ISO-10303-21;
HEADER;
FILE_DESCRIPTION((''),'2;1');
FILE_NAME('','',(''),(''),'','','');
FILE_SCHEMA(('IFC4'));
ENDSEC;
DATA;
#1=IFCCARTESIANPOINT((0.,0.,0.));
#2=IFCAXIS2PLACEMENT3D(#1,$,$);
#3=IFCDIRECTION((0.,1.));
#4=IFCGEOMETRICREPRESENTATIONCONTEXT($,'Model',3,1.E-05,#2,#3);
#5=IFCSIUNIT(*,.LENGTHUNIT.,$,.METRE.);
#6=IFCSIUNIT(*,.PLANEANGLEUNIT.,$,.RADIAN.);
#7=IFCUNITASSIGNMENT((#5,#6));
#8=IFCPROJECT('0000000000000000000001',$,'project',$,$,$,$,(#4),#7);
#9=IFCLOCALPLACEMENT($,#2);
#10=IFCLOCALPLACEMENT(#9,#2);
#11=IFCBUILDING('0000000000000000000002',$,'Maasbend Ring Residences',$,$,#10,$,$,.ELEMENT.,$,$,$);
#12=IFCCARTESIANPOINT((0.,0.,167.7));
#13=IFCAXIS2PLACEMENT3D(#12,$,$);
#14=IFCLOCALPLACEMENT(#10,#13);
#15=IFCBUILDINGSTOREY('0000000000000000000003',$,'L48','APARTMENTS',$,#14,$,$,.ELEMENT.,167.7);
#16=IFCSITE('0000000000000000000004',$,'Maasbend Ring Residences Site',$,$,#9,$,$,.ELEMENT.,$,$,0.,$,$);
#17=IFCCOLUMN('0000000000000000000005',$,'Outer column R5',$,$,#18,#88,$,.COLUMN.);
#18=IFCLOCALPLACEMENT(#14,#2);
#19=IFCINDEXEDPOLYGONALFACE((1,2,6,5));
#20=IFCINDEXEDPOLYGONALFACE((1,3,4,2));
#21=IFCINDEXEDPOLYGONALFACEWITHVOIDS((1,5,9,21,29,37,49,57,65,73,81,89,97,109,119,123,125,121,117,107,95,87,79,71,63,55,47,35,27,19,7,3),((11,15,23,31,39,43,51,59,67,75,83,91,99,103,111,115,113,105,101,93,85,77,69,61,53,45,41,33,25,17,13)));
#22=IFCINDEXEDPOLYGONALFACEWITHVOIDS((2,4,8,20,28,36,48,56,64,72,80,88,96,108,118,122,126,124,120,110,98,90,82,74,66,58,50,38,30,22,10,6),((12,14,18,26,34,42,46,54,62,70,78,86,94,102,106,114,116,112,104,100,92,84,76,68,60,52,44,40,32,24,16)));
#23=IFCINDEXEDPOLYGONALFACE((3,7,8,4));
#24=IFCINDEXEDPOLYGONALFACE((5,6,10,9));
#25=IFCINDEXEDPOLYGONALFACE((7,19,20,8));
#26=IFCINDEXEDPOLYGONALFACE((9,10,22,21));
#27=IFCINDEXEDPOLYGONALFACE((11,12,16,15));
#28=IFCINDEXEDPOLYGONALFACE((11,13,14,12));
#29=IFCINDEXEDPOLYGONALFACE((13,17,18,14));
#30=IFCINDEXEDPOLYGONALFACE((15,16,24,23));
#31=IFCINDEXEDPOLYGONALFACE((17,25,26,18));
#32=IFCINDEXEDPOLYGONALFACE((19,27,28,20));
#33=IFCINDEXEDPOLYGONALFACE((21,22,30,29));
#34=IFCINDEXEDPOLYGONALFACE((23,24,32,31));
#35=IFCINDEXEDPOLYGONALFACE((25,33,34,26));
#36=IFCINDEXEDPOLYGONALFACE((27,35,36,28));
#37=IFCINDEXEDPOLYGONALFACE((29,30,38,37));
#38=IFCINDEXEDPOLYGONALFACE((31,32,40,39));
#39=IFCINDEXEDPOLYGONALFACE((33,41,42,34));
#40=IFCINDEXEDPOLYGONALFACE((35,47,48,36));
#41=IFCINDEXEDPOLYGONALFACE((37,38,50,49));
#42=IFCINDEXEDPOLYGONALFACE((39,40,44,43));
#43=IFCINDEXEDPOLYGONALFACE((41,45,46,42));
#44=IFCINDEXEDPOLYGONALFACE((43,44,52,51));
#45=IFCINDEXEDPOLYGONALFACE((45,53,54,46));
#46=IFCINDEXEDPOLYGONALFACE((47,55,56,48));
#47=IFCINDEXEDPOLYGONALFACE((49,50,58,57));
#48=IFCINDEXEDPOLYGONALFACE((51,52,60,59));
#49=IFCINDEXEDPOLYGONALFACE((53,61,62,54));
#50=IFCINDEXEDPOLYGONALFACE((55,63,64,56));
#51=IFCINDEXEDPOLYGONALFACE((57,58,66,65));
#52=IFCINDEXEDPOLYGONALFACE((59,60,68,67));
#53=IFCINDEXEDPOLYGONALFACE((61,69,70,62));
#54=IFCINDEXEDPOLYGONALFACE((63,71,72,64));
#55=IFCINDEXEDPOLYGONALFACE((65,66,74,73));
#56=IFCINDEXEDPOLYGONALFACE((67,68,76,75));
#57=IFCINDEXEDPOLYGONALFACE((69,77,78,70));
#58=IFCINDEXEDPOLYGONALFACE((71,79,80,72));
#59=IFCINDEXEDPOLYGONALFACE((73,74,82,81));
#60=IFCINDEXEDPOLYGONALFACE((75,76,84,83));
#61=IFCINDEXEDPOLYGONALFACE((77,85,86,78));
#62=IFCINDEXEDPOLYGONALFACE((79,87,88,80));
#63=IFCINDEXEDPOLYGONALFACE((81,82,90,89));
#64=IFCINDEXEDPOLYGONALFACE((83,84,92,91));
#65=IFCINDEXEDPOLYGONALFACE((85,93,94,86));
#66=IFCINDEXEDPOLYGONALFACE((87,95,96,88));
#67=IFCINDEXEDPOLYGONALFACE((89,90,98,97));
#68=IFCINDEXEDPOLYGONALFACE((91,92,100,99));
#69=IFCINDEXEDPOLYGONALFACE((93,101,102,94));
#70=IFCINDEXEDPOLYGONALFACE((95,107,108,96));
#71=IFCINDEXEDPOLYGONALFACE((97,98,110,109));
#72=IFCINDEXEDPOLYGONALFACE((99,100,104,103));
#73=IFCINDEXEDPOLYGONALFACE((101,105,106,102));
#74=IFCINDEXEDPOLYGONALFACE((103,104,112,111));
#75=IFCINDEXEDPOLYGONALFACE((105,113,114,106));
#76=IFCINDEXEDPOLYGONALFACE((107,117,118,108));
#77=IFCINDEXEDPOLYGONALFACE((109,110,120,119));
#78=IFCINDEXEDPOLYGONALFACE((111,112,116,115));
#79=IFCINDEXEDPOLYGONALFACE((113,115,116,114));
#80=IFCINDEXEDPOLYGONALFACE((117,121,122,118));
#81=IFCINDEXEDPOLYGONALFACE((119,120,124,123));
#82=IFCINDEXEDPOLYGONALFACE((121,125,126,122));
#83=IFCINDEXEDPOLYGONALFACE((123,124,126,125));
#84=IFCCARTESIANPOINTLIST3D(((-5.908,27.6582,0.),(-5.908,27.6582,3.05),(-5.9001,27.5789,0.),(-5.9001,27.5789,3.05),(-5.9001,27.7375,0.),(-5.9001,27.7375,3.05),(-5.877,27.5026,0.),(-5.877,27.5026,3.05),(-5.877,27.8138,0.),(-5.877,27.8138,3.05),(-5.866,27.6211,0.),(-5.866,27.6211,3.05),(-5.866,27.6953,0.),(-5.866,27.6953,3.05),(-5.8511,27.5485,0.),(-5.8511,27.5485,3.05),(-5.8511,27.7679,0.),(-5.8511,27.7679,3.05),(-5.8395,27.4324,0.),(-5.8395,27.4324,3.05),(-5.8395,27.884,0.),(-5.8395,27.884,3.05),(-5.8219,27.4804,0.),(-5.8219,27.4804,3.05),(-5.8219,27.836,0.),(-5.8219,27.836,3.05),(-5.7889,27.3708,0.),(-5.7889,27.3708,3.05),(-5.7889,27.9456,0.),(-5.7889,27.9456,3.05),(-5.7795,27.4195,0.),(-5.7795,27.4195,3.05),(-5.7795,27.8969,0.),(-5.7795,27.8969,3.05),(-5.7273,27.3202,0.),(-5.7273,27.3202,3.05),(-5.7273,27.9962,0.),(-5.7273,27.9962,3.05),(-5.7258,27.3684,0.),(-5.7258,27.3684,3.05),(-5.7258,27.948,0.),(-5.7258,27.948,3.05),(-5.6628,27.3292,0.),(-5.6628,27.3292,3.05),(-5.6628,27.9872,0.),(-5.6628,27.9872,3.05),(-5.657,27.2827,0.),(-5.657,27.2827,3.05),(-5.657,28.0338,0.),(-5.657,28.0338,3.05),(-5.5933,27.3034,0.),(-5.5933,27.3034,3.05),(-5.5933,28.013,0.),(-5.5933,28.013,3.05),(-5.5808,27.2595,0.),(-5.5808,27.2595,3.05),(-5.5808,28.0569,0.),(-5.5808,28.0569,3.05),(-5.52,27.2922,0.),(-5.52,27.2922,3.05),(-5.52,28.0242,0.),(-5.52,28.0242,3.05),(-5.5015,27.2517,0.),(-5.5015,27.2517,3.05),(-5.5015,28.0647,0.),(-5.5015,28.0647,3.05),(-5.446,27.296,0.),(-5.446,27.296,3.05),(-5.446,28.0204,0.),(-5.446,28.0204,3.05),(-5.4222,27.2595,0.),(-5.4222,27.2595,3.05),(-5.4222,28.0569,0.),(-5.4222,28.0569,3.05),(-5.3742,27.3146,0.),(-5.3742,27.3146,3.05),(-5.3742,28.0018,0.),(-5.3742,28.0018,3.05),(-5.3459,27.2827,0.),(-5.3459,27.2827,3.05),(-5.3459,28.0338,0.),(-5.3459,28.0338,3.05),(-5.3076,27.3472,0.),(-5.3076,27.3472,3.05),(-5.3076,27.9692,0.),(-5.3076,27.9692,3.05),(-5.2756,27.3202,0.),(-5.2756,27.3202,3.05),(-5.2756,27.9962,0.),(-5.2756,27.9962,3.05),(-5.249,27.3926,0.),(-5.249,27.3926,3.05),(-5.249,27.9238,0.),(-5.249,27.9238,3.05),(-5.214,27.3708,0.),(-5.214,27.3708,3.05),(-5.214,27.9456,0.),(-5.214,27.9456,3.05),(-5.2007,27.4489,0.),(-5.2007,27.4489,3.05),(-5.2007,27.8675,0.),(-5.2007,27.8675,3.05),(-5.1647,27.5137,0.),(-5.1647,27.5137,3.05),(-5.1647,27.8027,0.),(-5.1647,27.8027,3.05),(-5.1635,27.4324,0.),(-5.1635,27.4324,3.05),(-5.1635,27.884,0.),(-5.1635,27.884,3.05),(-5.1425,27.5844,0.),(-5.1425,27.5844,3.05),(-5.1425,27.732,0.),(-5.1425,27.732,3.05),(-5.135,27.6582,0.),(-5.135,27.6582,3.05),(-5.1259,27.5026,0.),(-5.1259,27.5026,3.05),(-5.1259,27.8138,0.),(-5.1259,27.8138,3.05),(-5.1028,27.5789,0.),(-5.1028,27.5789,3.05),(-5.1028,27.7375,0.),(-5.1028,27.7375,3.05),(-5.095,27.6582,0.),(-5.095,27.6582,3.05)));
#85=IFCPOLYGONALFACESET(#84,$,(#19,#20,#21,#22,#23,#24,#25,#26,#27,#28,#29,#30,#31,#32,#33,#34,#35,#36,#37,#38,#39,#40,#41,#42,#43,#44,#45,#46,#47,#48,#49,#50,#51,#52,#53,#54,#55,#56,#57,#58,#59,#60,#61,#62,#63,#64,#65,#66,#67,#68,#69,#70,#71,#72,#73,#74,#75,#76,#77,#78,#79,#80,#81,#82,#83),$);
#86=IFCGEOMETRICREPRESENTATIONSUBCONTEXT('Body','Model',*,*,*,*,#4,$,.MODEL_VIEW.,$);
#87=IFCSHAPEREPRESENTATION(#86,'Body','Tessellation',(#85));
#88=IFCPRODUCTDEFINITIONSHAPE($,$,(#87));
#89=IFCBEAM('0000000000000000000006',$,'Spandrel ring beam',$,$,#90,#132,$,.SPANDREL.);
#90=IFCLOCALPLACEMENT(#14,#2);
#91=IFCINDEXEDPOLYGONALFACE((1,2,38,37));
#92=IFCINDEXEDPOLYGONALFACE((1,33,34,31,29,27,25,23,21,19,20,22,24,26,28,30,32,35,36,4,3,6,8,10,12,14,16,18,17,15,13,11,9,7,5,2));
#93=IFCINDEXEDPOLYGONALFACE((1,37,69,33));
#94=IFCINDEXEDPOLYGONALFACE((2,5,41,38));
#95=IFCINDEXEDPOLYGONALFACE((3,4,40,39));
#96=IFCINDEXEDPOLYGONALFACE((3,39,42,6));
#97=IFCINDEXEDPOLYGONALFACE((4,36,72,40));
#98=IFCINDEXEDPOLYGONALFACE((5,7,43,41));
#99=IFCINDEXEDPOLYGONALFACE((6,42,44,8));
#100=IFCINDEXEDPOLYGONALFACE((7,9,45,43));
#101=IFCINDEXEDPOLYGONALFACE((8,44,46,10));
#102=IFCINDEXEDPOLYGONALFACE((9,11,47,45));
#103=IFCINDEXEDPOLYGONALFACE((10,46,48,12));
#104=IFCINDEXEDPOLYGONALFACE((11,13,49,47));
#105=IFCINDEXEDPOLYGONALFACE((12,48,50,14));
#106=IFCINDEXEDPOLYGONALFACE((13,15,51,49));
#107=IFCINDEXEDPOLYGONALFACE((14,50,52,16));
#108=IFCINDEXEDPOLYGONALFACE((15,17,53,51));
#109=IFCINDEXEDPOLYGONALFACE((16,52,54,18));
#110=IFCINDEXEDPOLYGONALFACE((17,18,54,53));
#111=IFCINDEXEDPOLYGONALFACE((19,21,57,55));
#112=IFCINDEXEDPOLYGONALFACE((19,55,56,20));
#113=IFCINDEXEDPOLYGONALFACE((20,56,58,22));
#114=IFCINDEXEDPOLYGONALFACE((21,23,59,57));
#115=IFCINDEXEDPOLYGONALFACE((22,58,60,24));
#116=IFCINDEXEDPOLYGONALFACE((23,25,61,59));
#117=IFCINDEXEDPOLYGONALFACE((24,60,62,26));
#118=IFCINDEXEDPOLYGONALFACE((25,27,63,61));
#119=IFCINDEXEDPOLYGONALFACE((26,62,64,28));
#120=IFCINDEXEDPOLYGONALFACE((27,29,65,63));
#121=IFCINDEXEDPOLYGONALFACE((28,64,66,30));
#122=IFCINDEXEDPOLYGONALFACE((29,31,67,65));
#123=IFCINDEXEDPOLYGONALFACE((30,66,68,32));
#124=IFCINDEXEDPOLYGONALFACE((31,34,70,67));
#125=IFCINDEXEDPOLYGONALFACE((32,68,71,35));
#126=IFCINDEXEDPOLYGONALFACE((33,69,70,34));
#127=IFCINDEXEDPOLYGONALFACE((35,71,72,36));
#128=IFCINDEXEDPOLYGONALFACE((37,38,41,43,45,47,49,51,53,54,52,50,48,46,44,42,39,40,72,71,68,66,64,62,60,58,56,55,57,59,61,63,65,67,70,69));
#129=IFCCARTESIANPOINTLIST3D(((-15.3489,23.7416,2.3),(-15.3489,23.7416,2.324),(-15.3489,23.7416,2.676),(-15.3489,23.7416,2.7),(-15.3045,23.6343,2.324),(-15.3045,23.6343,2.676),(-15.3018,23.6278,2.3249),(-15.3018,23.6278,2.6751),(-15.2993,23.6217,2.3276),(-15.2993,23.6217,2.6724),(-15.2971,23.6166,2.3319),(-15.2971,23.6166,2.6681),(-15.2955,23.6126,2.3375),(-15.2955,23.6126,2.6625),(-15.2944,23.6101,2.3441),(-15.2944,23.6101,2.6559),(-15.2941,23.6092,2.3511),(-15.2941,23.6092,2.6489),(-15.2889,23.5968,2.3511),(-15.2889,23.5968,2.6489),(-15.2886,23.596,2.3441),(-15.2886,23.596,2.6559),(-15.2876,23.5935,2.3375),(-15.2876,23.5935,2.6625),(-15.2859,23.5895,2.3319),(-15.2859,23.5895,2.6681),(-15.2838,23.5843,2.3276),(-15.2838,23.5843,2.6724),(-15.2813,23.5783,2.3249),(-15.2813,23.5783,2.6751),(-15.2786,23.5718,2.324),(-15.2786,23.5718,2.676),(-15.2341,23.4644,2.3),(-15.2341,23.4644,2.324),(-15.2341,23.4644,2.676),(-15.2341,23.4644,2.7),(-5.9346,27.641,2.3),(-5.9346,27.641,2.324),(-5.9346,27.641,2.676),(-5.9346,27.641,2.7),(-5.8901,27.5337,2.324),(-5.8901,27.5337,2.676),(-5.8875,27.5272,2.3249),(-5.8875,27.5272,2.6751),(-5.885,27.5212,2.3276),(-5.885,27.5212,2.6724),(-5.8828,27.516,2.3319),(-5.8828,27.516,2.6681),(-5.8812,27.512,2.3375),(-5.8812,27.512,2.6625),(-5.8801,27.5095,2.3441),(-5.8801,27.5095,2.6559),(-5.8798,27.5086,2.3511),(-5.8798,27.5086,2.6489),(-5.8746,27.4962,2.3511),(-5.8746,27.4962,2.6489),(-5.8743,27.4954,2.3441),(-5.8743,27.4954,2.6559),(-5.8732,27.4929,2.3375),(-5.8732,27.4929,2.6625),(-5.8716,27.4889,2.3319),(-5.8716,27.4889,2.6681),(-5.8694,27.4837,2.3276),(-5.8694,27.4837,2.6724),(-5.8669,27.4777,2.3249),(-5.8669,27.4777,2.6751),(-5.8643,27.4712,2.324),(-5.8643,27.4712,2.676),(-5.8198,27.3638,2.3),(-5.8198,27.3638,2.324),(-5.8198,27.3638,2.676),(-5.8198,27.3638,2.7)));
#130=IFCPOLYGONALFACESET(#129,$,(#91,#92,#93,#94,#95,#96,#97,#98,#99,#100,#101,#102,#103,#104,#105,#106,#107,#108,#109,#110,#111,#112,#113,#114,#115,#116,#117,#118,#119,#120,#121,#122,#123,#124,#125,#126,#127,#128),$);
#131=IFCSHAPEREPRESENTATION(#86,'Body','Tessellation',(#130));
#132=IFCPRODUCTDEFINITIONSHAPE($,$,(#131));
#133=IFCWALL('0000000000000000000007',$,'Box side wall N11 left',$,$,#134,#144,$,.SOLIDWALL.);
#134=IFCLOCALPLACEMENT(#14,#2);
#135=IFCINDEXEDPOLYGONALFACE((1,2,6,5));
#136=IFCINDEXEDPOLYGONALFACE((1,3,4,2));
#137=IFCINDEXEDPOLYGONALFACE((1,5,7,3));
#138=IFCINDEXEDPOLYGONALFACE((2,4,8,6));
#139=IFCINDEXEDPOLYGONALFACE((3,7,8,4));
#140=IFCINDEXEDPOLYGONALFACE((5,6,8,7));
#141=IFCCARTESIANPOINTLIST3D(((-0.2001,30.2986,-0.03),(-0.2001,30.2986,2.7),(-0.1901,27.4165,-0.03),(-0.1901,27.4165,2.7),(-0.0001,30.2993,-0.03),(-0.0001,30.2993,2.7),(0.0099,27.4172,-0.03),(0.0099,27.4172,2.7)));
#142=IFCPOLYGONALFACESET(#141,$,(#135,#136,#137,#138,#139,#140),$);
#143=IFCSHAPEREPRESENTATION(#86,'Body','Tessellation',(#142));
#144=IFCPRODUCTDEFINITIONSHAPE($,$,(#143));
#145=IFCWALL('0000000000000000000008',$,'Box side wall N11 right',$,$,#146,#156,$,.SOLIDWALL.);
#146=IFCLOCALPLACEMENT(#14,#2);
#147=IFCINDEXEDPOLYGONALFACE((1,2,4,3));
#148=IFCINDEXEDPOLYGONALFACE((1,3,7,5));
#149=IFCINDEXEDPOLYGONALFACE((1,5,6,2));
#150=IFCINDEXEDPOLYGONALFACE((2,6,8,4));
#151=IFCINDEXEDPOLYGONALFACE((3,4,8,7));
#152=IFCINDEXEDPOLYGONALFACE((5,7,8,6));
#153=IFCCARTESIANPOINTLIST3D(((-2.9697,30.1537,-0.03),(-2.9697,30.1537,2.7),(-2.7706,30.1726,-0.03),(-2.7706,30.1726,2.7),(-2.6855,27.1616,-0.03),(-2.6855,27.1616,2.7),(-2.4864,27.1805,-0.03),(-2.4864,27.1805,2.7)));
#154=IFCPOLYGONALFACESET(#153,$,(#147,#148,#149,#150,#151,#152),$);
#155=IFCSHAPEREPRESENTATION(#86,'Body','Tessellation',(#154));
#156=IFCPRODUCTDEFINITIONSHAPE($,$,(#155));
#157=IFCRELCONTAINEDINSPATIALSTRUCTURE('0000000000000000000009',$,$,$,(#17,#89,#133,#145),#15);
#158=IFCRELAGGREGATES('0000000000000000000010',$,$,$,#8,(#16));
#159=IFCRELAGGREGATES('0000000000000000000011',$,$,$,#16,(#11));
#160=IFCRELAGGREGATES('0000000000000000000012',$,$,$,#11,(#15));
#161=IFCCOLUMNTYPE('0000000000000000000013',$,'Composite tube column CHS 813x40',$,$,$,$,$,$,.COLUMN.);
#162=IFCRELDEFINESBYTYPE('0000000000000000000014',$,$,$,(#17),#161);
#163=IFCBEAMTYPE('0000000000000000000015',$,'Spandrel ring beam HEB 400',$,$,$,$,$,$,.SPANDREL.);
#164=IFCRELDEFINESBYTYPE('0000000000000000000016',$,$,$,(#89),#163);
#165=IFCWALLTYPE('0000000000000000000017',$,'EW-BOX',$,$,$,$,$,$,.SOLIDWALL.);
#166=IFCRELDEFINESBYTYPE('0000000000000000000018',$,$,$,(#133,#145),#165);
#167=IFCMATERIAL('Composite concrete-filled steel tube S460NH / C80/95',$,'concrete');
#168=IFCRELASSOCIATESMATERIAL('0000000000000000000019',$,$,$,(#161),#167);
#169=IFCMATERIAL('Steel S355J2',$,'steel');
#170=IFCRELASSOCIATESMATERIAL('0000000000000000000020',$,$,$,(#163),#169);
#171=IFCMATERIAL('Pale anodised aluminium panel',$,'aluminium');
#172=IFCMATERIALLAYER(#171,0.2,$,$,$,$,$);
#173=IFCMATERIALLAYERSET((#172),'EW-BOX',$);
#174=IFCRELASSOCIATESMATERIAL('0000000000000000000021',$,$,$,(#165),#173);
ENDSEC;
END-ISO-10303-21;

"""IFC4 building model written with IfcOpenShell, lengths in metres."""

from ifc_helpers import new_model, si_unit, direction, frame, frame_2d, origin, origin_2d, place, context, subcontext, project, spatial, rectangle, hollow_circle, i_section, extrude, material, layer, layer_set, material_profile, profile_set, type_object, element, save


model = new_model("IFC4")

# Units and contexts
model_context = context("Model", 3, precision=1e-05, world=origin(), true_north=direction((0.0, 1.0)))
body_context = subcontext(model_context, "Body", "Model", "MODEL_VIEW")
ifc_project = project(units=[si_unit("LENGTHUNIT", "METRE"), si_unit("PLANEANGLEUNIT", "RADIAN")], contexts=[model_context])

# Site, building, storey
site_placement = place(None, origin())
site = spatial("IfcSite", under=ifc_project, at=site_placement, Name="Maasbend Ring Residences Site", CompositionType="ELEMENT", RefElevation=0.0)
building_placement = place(site_placement, origin())
building = spatial("IfcBuilding", under=site, at=building_placement, Name="Maasbend Ring Residences", CompositionType="ELEMENT")
storey_placement = place(building_placement, frame((0.0, 0.0, 167.7)))
storey = spatial("IfcBuildingStorey", under=building, at=storey_placement, Name="L48", Description="APARTMENTS", CompositionType="ELEMENT", Elevation=167.7)

# Column
ifc_material_1 = material(Name="Composite concrete-filled steel tube S460NH / C80/95", Category="concrete")
ifc_material_profile_1 = material_profile(ifc_material_1, hollow_circle(Radius=0.4065, WallThickness=0.04, at=origin_2d()), Name="Composite tube column CHS 813x40")
ifc_profile_set_1 = profile_set([ifc_material_profile_1], Name="Composite concrete-filled steel tube S460NH / C80/95")
column_type = type_object("IfcColumnType", Name="Composite tube column CHS 813x40", PredefinedType="COLUMN", material=ifc_profile_set_1)
column_placement = place(storey_placement, frame((-5.5015, 27.6582, 0.0), z_axis=(0.0, 0.0, 1.0), x_axis=(1.0, 0.0, 0.0)))
element("IfcColumn", 1, at=column_placement, inside=storey, type_object=column_type, Name="Outer column R5", PredefinedType="COLUMN", context=body_context, shape_type="SweptSolid", body=[
    extrude(hollow_circle(Radius=0.4065, WallThickness=0.04, at=origin_2d()), origin(), (0.0, 0.0, 1.0), 3.05),
])

# Beam
ifc_material_2 = material(Name="Steel S355J2", Category="steel")
ifc_material_profile_2 = material_profile(ifc_material_2, i_section(OverallWidth=0.3, OverallDepth=0.3999, WebThickness=0.0134, FlangeThickness=0.0239, FilletRadius=0.0271, at=origin_2d()), Name="HEB 400")
ifc_profile_set_2 = profile_set([ifc_material_profile_2], Name="Steel S355J2")
beam_type = type_object("IfcBeamType", Name="Spandrel ring beam HEB 400", PredefinedType="SPANDREL", material=ifc_profile_set_2)
beam_placement = place(storey_placement, frame((-5.8772, 27.5024, 2.5), z_axis=(-0.923884, -0.382673, 0.0), x_axis=(0.382673, -0.923884, 0.0)))
element("IfcBeam", 2, at=beam_placement, inside=storey, type_object=beam_type, Name="Spandrel ring beam", PredefinedType="SPANDREL", context=body_context, shape_type="SweptSolid", body=[
    extrude(i_section(OverallWidth=0.3, OverallDepth=0.3999, WebThickness=0.0134, FlangeThickness=0.0239, FilletRadius=0.0271, at=origin_2d()), origin(), (0.0, 0.0, 1.0), 10.1899),
])

# Walls
ifc_material_3 = material(Name="Pale anodised aluminium panel", Category="aluminium")
ifc_layer_1 = layer(ifc_material_3, 0.2)
ifc_layer_set_1 = layer_set([ifc_layer_1], Name="EW-BOX")
wall_type_1 = type_object("IfcWallType", Name="EW-BOX", PredefinedType="SOLIDWALL", material=ifc_layer_set_1)
wall_1_placement = place(storey_placement, frame((-0.0901, 27.417, -0.03), z_axis=(0.0, 0.0, 1.0), x_axis=(-0.003473, 0.999994, 0.0)))
element("IfcWall", 3, at=wall_1_placement, inside=storey, type_object=wall_type_1, Name="Box side wall N11 left", PredefinedType="SOLIDWALL", context=body_context, shape_type="SweptSolid", body=[
    extrude(rectangle(XDim=2.8821, YDim=0.2, at=frame_2d((1.4409, 0.0))), origin(), (0.0, 0.0, 1.0), 2.73),
])
wall_2_placement = place(storey_placement, frame((-2.5859, 27.1709, -0.03), z_axis=(0.0, 0.0, 1.0), x_axis=(-0.094548, 0.99552, 0.0)))
element("IfcWall", 4, at=wall_2_placement, inside=storey, type_object=wall_type_1, Name="Box side wall N11 right", PredefinedType="SOLIDWALL", context=body_context, shape_type="SweptSolid", body=[
    extrude(rectangle(XDim=3.0056, YDim=0.2, at=frame_2d((1.5029, 0.0))), origin(), (0.0, 0.0, 1.0), 2.73),
])

save(model, "model.ifc")
